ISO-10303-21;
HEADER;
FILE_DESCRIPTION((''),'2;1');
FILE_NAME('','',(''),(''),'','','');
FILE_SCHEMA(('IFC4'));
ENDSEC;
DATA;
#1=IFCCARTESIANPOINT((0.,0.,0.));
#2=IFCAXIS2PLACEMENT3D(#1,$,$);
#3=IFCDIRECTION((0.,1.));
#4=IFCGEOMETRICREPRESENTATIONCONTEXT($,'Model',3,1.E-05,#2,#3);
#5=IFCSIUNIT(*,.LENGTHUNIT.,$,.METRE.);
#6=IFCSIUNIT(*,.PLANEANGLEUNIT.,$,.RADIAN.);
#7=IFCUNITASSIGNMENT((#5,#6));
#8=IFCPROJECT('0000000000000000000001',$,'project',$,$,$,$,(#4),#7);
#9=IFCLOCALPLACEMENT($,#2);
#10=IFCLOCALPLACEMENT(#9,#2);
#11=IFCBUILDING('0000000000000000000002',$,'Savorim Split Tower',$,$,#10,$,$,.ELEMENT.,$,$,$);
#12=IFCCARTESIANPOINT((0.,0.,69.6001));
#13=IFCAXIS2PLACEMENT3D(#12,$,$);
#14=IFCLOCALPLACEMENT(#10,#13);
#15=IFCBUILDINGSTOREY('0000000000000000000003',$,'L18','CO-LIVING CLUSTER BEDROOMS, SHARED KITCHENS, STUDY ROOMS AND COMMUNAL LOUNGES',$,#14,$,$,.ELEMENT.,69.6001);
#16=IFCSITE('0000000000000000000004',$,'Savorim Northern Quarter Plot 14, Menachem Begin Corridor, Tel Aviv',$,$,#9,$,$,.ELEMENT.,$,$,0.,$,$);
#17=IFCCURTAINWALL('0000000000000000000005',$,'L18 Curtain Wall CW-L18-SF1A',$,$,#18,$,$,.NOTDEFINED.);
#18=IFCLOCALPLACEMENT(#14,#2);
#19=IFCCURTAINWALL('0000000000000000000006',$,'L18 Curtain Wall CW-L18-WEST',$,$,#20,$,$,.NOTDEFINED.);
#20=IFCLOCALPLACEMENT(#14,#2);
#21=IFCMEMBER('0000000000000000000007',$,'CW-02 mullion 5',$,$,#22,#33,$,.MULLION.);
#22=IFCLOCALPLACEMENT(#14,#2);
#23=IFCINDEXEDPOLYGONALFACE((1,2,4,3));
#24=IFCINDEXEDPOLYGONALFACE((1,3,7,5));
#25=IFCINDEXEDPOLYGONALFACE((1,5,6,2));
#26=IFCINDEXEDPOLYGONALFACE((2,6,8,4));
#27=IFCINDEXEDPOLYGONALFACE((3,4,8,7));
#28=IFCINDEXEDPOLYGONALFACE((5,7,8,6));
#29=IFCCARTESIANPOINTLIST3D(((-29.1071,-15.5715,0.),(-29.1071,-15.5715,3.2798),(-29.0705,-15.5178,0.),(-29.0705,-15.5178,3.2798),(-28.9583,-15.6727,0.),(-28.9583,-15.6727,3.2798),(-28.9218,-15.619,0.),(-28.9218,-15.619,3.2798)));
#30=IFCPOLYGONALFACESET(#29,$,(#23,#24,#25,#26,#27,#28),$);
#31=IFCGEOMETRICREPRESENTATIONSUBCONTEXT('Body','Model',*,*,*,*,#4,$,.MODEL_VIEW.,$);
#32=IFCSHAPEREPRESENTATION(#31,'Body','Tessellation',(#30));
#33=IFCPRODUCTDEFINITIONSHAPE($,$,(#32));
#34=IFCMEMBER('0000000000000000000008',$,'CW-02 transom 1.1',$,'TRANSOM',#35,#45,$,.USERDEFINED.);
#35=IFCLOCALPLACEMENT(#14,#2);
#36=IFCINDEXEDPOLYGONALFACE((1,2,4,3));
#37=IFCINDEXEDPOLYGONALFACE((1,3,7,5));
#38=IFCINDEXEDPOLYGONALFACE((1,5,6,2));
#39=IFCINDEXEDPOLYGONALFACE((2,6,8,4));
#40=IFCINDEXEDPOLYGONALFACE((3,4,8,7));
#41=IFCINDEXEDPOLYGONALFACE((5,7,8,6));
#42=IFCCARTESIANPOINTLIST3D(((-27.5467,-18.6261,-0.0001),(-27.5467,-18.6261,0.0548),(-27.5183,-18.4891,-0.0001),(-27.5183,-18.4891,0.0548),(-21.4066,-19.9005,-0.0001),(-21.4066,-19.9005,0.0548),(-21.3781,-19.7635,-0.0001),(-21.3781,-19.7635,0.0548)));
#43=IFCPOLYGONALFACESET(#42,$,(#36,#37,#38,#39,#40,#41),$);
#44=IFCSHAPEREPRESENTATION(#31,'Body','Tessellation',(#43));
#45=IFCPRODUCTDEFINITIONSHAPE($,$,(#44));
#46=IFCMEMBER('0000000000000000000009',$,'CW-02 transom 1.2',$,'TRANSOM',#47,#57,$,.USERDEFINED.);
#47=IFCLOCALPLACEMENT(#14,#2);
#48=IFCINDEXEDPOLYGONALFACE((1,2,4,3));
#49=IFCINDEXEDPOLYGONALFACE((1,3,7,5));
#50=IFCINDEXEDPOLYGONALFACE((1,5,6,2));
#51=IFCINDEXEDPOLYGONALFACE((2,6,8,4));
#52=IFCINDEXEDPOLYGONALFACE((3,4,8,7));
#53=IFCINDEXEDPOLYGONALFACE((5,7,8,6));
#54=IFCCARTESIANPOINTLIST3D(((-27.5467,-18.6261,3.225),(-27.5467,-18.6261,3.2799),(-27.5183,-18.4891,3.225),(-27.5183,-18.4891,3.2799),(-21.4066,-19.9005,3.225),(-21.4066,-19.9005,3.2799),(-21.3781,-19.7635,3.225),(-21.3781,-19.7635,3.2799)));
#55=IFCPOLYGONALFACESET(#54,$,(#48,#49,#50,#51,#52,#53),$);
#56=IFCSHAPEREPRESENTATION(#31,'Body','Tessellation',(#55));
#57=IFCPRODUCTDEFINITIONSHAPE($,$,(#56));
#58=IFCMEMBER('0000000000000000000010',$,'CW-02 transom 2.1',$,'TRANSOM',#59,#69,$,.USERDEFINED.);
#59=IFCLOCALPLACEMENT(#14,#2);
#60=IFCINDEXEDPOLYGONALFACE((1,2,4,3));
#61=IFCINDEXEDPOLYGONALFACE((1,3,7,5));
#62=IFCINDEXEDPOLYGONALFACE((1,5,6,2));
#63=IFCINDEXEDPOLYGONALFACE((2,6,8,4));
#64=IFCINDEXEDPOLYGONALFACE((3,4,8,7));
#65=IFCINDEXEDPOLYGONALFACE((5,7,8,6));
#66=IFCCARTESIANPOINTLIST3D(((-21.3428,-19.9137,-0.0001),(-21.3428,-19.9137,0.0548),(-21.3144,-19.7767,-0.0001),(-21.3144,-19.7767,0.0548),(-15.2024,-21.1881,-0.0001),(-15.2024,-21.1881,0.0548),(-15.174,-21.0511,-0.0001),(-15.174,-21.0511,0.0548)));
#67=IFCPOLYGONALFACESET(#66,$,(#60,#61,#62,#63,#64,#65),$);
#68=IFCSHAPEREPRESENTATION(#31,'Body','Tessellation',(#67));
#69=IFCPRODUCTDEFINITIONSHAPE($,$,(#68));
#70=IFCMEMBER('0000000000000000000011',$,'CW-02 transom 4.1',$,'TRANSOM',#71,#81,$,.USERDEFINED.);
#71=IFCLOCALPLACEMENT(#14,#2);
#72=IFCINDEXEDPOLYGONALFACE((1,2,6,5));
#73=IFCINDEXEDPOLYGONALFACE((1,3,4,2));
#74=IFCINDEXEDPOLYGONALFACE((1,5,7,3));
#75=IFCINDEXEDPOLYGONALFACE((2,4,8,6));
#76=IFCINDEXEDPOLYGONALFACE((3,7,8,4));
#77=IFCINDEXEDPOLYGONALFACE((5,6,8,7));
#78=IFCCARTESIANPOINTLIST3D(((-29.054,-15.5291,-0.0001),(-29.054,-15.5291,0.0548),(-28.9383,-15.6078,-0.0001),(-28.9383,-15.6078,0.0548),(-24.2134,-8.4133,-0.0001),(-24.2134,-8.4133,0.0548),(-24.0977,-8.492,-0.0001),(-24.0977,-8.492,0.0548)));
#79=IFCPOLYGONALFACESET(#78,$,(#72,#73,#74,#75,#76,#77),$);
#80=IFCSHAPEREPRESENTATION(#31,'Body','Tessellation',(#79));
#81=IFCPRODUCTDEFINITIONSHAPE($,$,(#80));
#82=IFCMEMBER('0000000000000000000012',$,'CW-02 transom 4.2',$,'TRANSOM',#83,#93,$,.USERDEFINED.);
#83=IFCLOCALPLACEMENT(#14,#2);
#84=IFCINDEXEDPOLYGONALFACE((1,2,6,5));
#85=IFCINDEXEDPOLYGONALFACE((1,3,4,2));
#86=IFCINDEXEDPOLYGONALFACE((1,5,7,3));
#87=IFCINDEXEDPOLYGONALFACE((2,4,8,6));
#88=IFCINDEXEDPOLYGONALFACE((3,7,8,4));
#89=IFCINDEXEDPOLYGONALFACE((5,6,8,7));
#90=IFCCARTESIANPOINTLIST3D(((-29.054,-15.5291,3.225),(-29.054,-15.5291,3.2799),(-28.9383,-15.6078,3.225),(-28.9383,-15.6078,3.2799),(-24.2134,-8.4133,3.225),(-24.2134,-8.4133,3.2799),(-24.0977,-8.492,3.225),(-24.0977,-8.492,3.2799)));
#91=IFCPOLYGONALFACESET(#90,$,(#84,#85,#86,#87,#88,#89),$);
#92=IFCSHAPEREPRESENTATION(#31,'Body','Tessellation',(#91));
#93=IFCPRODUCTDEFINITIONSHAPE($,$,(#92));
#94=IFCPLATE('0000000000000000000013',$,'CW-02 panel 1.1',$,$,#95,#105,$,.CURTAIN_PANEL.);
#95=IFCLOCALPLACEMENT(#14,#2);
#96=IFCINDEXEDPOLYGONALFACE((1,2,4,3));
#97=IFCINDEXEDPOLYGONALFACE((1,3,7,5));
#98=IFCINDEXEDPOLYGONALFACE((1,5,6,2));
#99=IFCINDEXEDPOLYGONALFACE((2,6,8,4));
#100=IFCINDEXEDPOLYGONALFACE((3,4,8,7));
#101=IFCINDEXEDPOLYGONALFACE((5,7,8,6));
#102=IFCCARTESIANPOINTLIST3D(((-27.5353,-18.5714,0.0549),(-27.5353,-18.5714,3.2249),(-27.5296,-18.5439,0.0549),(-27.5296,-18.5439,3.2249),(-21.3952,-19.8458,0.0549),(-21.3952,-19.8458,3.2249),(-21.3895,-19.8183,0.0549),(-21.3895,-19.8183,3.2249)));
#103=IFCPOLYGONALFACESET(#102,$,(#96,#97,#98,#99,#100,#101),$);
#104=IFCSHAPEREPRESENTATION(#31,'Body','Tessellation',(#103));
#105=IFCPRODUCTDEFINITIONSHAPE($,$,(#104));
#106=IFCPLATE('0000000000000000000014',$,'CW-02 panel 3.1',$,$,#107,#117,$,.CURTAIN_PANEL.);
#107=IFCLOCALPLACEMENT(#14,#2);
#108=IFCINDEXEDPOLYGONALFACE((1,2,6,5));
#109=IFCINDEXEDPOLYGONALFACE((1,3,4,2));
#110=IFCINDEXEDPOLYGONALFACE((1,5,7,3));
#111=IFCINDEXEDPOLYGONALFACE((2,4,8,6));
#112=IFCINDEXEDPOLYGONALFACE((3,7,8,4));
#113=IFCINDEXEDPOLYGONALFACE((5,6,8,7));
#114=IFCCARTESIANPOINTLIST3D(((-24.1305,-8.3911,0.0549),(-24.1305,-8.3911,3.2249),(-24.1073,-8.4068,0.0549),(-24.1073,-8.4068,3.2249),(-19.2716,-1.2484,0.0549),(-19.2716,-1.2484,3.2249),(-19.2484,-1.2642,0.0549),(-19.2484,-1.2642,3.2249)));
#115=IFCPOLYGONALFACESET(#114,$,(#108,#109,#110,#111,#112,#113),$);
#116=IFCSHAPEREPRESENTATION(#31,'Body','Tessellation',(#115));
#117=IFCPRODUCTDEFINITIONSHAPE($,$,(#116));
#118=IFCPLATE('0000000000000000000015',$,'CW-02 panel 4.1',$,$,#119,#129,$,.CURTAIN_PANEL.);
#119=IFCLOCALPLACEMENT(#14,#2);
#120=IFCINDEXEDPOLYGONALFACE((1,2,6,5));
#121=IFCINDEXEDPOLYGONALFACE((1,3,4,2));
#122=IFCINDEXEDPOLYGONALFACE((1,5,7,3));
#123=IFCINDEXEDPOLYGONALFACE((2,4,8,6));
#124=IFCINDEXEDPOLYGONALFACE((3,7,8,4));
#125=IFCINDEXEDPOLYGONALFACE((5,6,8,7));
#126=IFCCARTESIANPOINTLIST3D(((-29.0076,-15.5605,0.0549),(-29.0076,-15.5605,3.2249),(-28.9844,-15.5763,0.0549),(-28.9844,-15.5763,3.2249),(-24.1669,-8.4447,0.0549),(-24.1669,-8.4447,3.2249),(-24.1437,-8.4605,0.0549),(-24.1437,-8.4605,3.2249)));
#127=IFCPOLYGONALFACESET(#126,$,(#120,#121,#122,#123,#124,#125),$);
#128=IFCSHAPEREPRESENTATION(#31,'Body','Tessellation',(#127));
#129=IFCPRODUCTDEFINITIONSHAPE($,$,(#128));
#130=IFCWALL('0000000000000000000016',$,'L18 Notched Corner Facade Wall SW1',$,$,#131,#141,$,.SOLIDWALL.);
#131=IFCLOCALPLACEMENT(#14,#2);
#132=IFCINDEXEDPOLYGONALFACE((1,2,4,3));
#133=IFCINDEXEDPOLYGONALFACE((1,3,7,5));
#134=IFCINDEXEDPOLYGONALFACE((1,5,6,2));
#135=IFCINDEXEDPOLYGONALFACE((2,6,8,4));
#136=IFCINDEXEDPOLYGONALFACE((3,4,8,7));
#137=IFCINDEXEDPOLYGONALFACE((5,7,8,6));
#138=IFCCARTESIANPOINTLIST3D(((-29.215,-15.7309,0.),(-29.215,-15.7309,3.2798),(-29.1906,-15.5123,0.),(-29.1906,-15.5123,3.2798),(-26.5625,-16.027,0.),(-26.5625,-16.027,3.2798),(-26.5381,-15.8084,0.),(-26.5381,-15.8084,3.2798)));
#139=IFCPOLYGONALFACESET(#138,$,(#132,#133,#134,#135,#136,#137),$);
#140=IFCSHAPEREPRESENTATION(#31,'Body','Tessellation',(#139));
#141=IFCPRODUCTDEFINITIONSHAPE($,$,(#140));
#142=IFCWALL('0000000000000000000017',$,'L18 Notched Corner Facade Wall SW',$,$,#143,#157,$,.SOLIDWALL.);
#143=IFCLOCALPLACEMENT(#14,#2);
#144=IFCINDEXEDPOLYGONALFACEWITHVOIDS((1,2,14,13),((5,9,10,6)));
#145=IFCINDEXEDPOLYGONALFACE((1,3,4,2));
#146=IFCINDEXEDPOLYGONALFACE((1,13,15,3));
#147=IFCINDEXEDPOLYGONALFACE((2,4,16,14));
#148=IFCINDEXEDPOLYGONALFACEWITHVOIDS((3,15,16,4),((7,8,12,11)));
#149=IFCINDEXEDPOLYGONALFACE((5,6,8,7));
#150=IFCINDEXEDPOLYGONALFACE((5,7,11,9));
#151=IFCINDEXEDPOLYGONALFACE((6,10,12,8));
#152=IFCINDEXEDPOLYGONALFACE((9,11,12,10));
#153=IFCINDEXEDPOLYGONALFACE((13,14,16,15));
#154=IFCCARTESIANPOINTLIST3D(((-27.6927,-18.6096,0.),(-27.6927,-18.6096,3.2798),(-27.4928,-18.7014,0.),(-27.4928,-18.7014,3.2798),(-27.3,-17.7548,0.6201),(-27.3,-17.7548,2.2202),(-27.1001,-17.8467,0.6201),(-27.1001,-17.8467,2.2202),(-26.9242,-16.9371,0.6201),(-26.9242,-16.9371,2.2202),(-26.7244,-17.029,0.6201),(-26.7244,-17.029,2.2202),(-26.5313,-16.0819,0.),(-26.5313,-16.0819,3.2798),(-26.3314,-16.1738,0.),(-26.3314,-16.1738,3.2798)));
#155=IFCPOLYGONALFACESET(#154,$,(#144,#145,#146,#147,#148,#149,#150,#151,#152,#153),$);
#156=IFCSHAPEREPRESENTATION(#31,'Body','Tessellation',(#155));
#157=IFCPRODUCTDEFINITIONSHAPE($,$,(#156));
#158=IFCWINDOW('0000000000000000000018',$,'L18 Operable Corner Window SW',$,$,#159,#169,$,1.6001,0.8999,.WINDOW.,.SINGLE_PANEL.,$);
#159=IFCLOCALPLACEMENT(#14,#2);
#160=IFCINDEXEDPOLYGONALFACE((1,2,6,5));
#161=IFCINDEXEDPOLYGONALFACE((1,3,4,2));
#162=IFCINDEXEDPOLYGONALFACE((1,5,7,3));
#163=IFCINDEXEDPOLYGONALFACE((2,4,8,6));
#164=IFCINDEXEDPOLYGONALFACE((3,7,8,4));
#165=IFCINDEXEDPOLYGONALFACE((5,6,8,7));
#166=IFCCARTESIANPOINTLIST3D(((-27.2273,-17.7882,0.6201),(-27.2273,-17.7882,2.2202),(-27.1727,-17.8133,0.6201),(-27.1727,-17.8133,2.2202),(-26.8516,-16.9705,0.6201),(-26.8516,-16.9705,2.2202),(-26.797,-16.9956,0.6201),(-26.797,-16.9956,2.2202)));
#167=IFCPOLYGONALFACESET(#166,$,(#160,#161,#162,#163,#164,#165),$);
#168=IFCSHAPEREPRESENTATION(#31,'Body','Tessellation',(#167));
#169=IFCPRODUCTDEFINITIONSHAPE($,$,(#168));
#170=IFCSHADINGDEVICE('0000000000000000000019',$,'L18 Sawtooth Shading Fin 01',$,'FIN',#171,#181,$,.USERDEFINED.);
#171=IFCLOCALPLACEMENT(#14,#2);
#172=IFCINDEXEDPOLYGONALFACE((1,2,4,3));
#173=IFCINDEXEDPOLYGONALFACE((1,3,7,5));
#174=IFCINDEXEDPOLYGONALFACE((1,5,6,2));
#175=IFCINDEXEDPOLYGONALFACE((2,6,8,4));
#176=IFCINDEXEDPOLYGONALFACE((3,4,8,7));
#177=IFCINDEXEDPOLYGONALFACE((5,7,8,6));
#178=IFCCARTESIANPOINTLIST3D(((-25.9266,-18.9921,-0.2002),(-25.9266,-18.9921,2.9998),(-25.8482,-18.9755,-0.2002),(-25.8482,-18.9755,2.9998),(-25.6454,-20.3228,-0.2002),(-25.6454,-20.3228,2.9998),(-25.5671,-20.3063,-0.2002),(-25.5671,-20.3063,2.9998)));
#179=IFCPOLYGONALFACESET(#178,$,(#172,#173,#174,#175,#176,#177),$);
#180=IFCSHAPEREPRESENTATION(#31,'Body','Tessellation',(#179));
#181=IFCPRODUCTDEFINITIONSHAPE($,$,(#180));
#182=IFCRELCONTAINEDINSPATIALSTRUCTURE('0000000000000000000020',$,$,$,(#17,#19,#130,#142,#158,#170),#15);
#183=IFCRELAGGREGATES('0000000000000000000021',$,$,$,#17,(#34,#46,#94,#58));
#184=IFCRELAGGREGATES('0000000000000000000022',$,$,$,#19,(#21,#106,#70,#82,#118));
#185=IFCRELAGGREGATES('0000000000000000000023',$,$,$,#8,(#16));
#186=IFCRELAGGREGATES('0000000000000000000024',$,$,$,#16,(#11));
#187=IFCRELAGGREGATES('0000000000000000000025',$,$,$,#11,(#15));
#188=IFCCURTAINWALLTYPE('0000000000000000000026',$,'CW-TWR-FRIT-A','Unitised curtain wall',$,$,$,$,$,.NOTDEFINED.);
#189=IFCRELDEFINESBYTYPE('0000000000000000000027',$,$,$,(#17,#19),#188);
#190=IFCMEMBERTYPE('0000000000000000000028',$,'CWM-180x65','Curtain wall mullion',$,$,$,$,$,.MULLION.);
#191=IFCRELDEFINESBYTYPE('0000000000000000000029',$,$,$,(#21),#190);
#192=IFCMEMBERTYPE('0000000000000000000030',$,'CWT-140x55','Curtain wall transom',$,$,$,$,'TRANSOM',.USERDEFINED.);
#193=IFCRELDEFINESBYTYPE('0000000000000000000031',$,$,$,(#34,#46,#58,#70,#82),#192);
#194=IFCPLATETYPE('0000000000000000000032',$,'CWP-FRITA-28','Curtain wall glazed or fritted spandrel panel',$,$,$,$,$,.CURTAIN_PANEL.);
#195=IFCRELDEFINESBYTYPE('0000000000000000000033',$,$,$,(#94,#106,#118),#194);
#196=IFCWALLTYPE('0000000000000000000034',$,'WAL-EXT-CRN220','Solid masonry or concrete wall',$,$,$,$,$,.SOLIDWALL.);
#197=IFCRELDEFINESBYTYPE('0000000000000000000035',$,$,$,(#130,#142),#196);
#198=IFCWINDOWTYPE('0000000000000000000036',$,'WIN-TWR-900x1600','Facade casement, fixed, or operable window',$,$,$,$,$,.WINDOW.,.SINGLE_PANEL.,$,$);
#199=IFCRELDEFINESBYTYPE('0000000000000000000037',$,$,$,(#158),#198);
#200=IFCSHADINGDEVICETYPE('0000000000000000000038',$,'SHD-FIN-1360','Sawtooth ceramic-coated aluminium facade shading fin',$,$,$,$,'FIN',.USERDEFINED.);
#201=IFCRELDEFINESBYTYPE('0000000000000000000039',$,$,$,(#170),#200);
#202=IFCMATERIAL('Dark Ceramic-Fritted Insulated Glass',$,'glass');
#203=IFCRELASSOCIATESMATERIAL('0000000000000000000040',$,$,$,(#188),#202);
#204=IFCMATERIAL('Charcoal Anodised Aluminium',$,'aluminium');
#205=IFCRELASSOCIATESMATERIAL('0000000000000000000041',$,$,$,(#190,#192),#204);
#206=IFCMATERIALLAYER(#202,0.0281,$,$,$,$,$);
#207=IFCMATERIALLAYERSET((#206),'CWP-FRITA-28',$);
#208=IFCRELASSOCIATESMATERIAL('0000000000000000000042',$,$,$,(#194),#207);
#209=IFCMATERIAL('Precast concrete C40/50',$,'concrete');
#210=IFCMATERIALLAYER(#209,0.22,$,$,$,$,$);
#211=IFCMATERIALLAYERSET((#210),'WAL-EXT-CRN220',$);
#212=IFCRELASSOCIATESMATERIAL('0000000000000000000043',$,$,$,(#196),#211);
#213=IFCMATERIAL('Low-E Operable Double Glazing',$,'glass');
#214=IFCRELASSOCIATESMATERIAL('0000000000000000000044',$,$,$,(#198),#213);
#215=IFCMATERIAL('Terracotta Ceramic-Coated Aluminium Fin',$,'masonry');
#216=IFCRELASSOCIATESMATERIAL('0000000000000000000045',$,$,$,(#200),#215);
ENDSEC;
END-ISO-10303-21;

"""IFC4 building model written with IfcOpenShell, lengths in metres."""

from ifc_helpers import new_model, si_unit, direction, frame, frame_2d, origin, origin_2d, place, context, subcontext, project, spatial, rectangle, extrude, material, layer, layer_set, material_profile, profile_set, type_object, element, fill, aggregate, save


model = new_model("IFC4")

# Units and contexts
model_context = context("Model", 3, precision=1e-05, world=origin(), true_north=direction((0.0, 1.0)))
body_context = subcontext(model_context, "Body", "Model", "MODEL_VIEW")
ifc_project = project(units=[si_unit("LENGTHUNIT", "METRE"), si_unit("PLANEANGLEUNIT", "RADIAN")], contexts=[model_context])

# Site, building, storey
site_placement = place(None, origin())
site = spatial("IfcSite", under=ifc_project, at=site_placement, Name="Savorim Northern Quarter Plot 14, Menachem Begin Corridor, Tel Aviv", CompositionType="ELEMENT", RefElevation=0.0)
building_placement = place(site_placement, origin())
building = spatial("IfcBuilding", under=site, at=building_placement, Name="Savorim Split Tower", CompositionType="ELEMENT")
storey_placement = place(building_placement, frame((0.0, 0.0, 69.6001)))
storey = spatial("IfcBuildingStorey", under=building, at=storey_placement, Name="L18", Description="CO-LIVING CLUSTER BEDROOMS, SHARED KITCHENS, STUDY ROOMS AND COMMUNAL LOUNGES", CompositionType="ELEMENT", Elevation=69.6001)

# Curtain walls, member
ifc_material_1 = material(Name="Dark Ceramic-Fritted Insulated Glass", Category="glass")
curtain_wall_type = type_object("IfcCurtainWallType", Name="CW-TWR-FRIT-A", Description="Unitised curtain wall", PredefinedType="NOTDEFINED", material=ifc_material_1)
curtain_wall_1_placement = place(storey_placement, origin())
curtain_wall_1 = element("IfcCurtainWall", 1, at=curtain_wall_1_placement, inside=storey, type_object=curtain_wall_type, Name="L18 Curtain Wall CW-L18-SF1A", PredefinedType="NOTDEFINED")
ifc_material_2 = material(Name="Charcoal Anodised Aluminium", Category="aluminium")
ifc_material_profile_1 = material_profile(ifc_material_2, rectangle(XDim=0.1799, YDim=0.0649, at=origin_2d()), Name="ALU-M 180x65")
ifc_profile_set_1 = profile_set([ifc_material_profile_1], Name="Charcoal Anodised Aluminium")
member_type_1 = type_object("IfcMemberType", Name="CWM-180x65", Description="Curtain wall mullion", PredefinedType="MULLION", material=ifc_profile_set_1)
curtain_wall_2_placement = place(storey_placement, origin())
curtain_wall_2 = element("IfcCurtainWall", 2, at=curtain_wall_2_placement, inside=storey, type_object=curtain_wall_type, Name="L18 Curtain Wall CW-L18-WEST", PredefinedType="NOTDEFINED")
member_1_placement = place(storey_placement, frame((-29.0144, -15.5952, 0.0), z_axis=(0.0, 0.0, 1.0), x_axis=(0.82682, -0.562466, 0.0)))
member_1 = element("IfcMember", 3, at=member_1_placement, type_object=member_type_1, Name="CW-02 mullion 5", PredefinedType="MULLION", context=body_context, shape_type="SweptSolid", body=[
    extrude(rectangle(XDim=0.1799, YDim=0.0649, at=origin_2d()), origin(), (0.0, 0.0, 1.0), 3.2798),
])

# Members
ifc_material_profile_2 = material_profile(ifc_material_2, rectangle(XDim=0.1399, YDim=0.0549, at=origin_2d()), Name="ALU-T 140x55")
ifc_profile_set_2 = profile_set([ifc_material_profile_2], Name="Charcoal Anodised Aluminium")
member_type_2 = type_object("IfcMemberType", Name="CWT-140x55", Description="Curtain wall transom", ElementType="TRANSOM", PredefinedType="USERDEFINED", material=ifc_profile_set_2)
member_2_placement = place(storey_placement, frame((-27.5325, -18.5576, 0.0273), z_axis=(0.979132, -0.203223, 0.0), x_axis=(0.203223, 0.979132, 0.0)))
member_2 = element("IfcMember", 4, at=member_2_placement, type_object=member_type_2, Name="CW-02 transom 1.1", ObjectType="TRANSOM", PredefinedType="USERDEFINED", context=body_context, shape_type="SweptSolid", body=[
    extrude(rectangle(XDim=0.1399, YDim=0.0549, at=origin_2d()), origin(), (0.0, 0.0, 1.0), 6.271),
])
member_3_placement = place(storey_placement, frame((-27.5325, -18.5576, 3.2524), z_axis=(0.979132, -0.203223, 0.0), x_axis=(0.203223, 0.979132, 0.0)))
member_3 = element("IfcMember", 5, at=member_3_placement, type_object=member_type_2, Name="CW-02 transom 1.2", ObjectType="TRANSOM", PredefinedType="USERDEFINED", context=body_context, shape_type="SweptSolid", body=[
    extrude(rectangle(XDim=0.1399, YDim=0.0549, at=origin_2d()), origin(), (0.0, 0.0, 1.0), 6.271),
])
member_4_placement = place(storey_placement, frame((-21.3286, -19.8452, 0.0273), z_axis=(0.979134, -0.203216, 0.0), x_axis=(0.203216, 0.979134, 0.0)))
member_4 = element("IfcMember", 6, at=member_4_placement, type_object=member_type_2, Name="CW-02 transom 2.1", ObjectType="TRANSOM", PredefinedType="USERDEFINED", context=body_context, shape_type="SweptSolid", body=[
    extrude(rectangle(XDim=0.1399, YDim=0.0549, at=origin_2d()), origin(), (0.0, 0.0, 1.0), 6.2712),
])
member_5_placement = place(storey_placement, frame((-24.1555, -8.4526, 0.0273), z_axis=(-0.56246, -0.826825, 0.0), x_axis=(0.826825, -0.56246, 0.0)))
member_5 = element("IfcMember", 7, at=member_5_placement, type_object=member_type_2, Name="CW-02 transom 4.1", ObjectType="TRANSOM", PredefinedType="USERDEFINED", context=body_context, shape_type="SweptSolid", body=[
    extrude(rectangle(XDim=0.1399, YDim=0.0549, at=origin_2d()), origin(), (0.0, 0.0, 1.0), 8.6062),
])
member_6_placement = place(storey_placement, frame((-24.1555, -8.4526, 3.2524), z_axis=(-0.56246, -0.826825, 0.0), x_axis=(0.826825, -0.56246, 0.0)))
member_6 = element("IfcMember", 8, at=member_6_placement, type_object=member_type_2, Name="CW-02 transom 4.2", ObjectType="TRANSOM", PredefinedType="USERDEFINED", context=body_context, shape_type="SweptSolid", body=[
    extrude(rectangle(XDim=0.1399, YDim=0.0549, at=origin_2d()), origin(), (0.0, 0.0, 1.0), 8.6062),
])

# Plates
ifc_layer_1 = layer(ifc_material_1, 0.0281)
ifc_layer_set_1 = layer_set([ifc_layer_1], Name="CWP-FRITA-28")
plate_type = type_object("IfcPlateType", Name="CWP-FRITA-28", Description="Curtain wall glazed or fritted spandrel panel", PredefinedType="CURTAIN_PANEL", material=ifc_layer_set_1)
plate_1_placement = place(storey_placement, frame((-24.4624, -19.1948, 0.0549), z_axis=(0.0, 0.0, 1.0), x_axis=(0.979134, -0.203216, 0.0)))
plate_1 = element("IfcPlate", 9, at=plate_1_placement, type_object=plate_type, Name="CW-02 panel 1.1", PredefinedType="CURTAIN_PANEL", context=body_context, shape_type="SweptSolid", body=[
    extrude(rectangle(XDim=6.271, YDim=0.0281, at=origin_2d()), origin(), (0.0, 0.0, 1.0), 3.1699),
])
aggregate(curtain_wall_1, [member_2, member_3, plate_1, member_4])
plate_2_placement = place(storey_placement, frame((-21.6895, -4.8276, 0.0549), z_axis=(0.0, 0.0, 1.0), x_axis=(-0.562466, -0.82682, 0.0)))
plate_2 = element("IfcPlate", 10, at=plate_2_placement, type_object=plate_type, Name="CW-02 panel 3.1", PredefinedType="CURTAIN_PANEL", context=body_context, shape_type="SweptSolid", body=[
    extrude(rectangle(XDim=8.6387, YDim=0.0281, at=origin_2d()), origin(), (0.0, 0.0, 1.0), 3.1699),
])
plate_3_placement = place(storey_placement, frame((-26.5757, -12.0105, 0.0549), z_axis=(0.0, 0.0, 1.0), x_axis=(-0.562466, -0.82682, 0.0)))
plate_3 = element("IfcPlate", 11, at=plate_3_placement, type_object=plate_type, Name="CW-02 panel 4.1", PredefinedType="CURTAIN_PANEL", context=body_context, shape_type="SweptSolid", body=[
    extrude(rectangle(XDim=8.6062, YDim=0.0281, at=origin_2d()), origin(), (0.0, 0.0, 1.0), 3.1699),
])
aggregate(curtain_wall_2, [member_1, plate_2, member_5, member_6, plate_3])

# Wall
ifc_material_3 = material(Name="Precast concrete C40/50", Category="concrete")
ifc_layer_2 = layer(ifc_material_3, 0.22)
ifc_layer_set_2 = layer_set([ifc_layer_2], Name="WAL-EXT-CRN220")
wall_type = type_object("IfcWallType", Name="WAL-EXT-CRN220", Description="Solid masonry or concrete wall", PredefinedType="SOLIDWALL", material=ifc_layer_set_2)
wall_1_placement = place(storey_placement, frame((-26.5503, -15.9177, 0.0), z_axis=(0.0, 0.0, 1.0), x_axis=(-0.993824, 0.110964, 0.0)))
element("IfcWall", 12, at=wall_1_placement, inside=storey, type_object=wall_type, Name="L18 Notched Corner Facade Wall SW1", PredefinedType="SOLIDWALL", context=body_context, shape_type="SweptSolid", body=[
    extrude(rectangle(XDim=2.6689, YDim=0.22, at=frame_2d((1.3345, 0.0))), origin(), (0.0, 0.0, 1.0), 3.2798),
])

# Wall, opening, window
wall_2_placement = place(storey_placement, frame((-27.5928, -18.6555, 0.0), z_axis=(0.0, 0.0, 1.0), x_axis=(0.417516, 0.90867, 0.0)))
wall_2 = element("IfcWall", 13, at=wall_2_placement, inside=storey, type_object=wall_type, Name="L18 Notched Corner Facade Wall SW", PredefinedType="SOLIDWALL", context=body_context, shape_type="SweptSolid", body=[
    extrude(rectangle(XDim=2.7817, YDim=0.22, at=frame_2d((1.3909, 0.0))), origin(), (0.0, 0.0, 1.0), 3.2798),
])
opening_placement = place(wall_2_placement, frame((0.9407, 0.0, 0.6201)))
opening = element("IfcOpeningElement", 14, at=opening_placement, cuts=wall_2, PredefinedType="OPENING", context=body_context, shape_type="SweptSolid", body=[
    extrude(rectangle(XDim=0.8999, YDim=1.6001, at=frame_2d((0.45, 0.8))), frame((0.0, 0.1199, 0.0), z_axis=(0.0, -1.0, 0.0), x_axis=(1.0, 0.0, 0.0)), (0.0, 0.0, 1.0), 0.24),
])
ifc_material_4 = material(Name="Low-E Operable Double Glazing", Category="glass")
window_type = type_object("IfcWindowType", Name="WIN-TWR-900x1600", Description="Facade casement, fixed, or operable window", PartitioningType="SINGLE_PANEL", PredefinedType="WINDOW", material=ifc_material_4)
window_placement = place(opening_placement, origin())
window = element("IfcWindow", 15, at=window_placement, inside=storey, type_object=window_type, Name="L18 Operable Corner Window SW", OverallHeight=1.6001, OverallWidth=0.8999, PartitioningType="SINGLE_PANEL", PredefinedType="WINDOW", context=body_context, shape_type="SweptSolid", body=[
    extrude(rectangle(XDim=0.8999, YDim=1.6001, at=frame_2d((0.45, 0.8))), frame((0.0, 0.03, 0.0), z_axis=(0.0, -1.0, 0.0), x_axis=(1.0, 0.0, 0.0)), (0.0, 0.0, 1.0), 0.0601),
])
fill(opening, window)

# Shading device
ifc_material_5 = material(Name="Terracotta Ceramic-Coated Aluminium Fin", Category="masonry")
shading_device_type = type_object("IfcShadingDeviceType", Name="SHD-FIN-1360", Description="Sawtooth ceramic-coated aluminium facade shading fin", ElementType="FIN", PredefinedType="USERDEFINED", material=ifc_material_5)
for number, where, z_axis, x_axis, name in (
    (16, (-25.7468, -19.6492, -0.2002), (0.0, 0.0, 1.0), (0.206722, -0.9784, 0.0), "L18 Sawtooth Shading Fin 01"),
):
    element("IfcShadingDevice", number, at=place(storey_placement, frame(where, z_axis=z_axis, x_axis=x_axis)), inside=storey, type_object=shading_device_type, Name=name, ObjectType="FIN", PredefinedType="USERDEFINED", context=body_context, shape_type="SweptSolid", body=[
        extrude(rectangle(XDim=1.3601, YDim=0.0801, at=origin_2d()), origin(), (0.0, 0.0, 1.0), 3.2),
    ])

save(model, "model.ifc")
